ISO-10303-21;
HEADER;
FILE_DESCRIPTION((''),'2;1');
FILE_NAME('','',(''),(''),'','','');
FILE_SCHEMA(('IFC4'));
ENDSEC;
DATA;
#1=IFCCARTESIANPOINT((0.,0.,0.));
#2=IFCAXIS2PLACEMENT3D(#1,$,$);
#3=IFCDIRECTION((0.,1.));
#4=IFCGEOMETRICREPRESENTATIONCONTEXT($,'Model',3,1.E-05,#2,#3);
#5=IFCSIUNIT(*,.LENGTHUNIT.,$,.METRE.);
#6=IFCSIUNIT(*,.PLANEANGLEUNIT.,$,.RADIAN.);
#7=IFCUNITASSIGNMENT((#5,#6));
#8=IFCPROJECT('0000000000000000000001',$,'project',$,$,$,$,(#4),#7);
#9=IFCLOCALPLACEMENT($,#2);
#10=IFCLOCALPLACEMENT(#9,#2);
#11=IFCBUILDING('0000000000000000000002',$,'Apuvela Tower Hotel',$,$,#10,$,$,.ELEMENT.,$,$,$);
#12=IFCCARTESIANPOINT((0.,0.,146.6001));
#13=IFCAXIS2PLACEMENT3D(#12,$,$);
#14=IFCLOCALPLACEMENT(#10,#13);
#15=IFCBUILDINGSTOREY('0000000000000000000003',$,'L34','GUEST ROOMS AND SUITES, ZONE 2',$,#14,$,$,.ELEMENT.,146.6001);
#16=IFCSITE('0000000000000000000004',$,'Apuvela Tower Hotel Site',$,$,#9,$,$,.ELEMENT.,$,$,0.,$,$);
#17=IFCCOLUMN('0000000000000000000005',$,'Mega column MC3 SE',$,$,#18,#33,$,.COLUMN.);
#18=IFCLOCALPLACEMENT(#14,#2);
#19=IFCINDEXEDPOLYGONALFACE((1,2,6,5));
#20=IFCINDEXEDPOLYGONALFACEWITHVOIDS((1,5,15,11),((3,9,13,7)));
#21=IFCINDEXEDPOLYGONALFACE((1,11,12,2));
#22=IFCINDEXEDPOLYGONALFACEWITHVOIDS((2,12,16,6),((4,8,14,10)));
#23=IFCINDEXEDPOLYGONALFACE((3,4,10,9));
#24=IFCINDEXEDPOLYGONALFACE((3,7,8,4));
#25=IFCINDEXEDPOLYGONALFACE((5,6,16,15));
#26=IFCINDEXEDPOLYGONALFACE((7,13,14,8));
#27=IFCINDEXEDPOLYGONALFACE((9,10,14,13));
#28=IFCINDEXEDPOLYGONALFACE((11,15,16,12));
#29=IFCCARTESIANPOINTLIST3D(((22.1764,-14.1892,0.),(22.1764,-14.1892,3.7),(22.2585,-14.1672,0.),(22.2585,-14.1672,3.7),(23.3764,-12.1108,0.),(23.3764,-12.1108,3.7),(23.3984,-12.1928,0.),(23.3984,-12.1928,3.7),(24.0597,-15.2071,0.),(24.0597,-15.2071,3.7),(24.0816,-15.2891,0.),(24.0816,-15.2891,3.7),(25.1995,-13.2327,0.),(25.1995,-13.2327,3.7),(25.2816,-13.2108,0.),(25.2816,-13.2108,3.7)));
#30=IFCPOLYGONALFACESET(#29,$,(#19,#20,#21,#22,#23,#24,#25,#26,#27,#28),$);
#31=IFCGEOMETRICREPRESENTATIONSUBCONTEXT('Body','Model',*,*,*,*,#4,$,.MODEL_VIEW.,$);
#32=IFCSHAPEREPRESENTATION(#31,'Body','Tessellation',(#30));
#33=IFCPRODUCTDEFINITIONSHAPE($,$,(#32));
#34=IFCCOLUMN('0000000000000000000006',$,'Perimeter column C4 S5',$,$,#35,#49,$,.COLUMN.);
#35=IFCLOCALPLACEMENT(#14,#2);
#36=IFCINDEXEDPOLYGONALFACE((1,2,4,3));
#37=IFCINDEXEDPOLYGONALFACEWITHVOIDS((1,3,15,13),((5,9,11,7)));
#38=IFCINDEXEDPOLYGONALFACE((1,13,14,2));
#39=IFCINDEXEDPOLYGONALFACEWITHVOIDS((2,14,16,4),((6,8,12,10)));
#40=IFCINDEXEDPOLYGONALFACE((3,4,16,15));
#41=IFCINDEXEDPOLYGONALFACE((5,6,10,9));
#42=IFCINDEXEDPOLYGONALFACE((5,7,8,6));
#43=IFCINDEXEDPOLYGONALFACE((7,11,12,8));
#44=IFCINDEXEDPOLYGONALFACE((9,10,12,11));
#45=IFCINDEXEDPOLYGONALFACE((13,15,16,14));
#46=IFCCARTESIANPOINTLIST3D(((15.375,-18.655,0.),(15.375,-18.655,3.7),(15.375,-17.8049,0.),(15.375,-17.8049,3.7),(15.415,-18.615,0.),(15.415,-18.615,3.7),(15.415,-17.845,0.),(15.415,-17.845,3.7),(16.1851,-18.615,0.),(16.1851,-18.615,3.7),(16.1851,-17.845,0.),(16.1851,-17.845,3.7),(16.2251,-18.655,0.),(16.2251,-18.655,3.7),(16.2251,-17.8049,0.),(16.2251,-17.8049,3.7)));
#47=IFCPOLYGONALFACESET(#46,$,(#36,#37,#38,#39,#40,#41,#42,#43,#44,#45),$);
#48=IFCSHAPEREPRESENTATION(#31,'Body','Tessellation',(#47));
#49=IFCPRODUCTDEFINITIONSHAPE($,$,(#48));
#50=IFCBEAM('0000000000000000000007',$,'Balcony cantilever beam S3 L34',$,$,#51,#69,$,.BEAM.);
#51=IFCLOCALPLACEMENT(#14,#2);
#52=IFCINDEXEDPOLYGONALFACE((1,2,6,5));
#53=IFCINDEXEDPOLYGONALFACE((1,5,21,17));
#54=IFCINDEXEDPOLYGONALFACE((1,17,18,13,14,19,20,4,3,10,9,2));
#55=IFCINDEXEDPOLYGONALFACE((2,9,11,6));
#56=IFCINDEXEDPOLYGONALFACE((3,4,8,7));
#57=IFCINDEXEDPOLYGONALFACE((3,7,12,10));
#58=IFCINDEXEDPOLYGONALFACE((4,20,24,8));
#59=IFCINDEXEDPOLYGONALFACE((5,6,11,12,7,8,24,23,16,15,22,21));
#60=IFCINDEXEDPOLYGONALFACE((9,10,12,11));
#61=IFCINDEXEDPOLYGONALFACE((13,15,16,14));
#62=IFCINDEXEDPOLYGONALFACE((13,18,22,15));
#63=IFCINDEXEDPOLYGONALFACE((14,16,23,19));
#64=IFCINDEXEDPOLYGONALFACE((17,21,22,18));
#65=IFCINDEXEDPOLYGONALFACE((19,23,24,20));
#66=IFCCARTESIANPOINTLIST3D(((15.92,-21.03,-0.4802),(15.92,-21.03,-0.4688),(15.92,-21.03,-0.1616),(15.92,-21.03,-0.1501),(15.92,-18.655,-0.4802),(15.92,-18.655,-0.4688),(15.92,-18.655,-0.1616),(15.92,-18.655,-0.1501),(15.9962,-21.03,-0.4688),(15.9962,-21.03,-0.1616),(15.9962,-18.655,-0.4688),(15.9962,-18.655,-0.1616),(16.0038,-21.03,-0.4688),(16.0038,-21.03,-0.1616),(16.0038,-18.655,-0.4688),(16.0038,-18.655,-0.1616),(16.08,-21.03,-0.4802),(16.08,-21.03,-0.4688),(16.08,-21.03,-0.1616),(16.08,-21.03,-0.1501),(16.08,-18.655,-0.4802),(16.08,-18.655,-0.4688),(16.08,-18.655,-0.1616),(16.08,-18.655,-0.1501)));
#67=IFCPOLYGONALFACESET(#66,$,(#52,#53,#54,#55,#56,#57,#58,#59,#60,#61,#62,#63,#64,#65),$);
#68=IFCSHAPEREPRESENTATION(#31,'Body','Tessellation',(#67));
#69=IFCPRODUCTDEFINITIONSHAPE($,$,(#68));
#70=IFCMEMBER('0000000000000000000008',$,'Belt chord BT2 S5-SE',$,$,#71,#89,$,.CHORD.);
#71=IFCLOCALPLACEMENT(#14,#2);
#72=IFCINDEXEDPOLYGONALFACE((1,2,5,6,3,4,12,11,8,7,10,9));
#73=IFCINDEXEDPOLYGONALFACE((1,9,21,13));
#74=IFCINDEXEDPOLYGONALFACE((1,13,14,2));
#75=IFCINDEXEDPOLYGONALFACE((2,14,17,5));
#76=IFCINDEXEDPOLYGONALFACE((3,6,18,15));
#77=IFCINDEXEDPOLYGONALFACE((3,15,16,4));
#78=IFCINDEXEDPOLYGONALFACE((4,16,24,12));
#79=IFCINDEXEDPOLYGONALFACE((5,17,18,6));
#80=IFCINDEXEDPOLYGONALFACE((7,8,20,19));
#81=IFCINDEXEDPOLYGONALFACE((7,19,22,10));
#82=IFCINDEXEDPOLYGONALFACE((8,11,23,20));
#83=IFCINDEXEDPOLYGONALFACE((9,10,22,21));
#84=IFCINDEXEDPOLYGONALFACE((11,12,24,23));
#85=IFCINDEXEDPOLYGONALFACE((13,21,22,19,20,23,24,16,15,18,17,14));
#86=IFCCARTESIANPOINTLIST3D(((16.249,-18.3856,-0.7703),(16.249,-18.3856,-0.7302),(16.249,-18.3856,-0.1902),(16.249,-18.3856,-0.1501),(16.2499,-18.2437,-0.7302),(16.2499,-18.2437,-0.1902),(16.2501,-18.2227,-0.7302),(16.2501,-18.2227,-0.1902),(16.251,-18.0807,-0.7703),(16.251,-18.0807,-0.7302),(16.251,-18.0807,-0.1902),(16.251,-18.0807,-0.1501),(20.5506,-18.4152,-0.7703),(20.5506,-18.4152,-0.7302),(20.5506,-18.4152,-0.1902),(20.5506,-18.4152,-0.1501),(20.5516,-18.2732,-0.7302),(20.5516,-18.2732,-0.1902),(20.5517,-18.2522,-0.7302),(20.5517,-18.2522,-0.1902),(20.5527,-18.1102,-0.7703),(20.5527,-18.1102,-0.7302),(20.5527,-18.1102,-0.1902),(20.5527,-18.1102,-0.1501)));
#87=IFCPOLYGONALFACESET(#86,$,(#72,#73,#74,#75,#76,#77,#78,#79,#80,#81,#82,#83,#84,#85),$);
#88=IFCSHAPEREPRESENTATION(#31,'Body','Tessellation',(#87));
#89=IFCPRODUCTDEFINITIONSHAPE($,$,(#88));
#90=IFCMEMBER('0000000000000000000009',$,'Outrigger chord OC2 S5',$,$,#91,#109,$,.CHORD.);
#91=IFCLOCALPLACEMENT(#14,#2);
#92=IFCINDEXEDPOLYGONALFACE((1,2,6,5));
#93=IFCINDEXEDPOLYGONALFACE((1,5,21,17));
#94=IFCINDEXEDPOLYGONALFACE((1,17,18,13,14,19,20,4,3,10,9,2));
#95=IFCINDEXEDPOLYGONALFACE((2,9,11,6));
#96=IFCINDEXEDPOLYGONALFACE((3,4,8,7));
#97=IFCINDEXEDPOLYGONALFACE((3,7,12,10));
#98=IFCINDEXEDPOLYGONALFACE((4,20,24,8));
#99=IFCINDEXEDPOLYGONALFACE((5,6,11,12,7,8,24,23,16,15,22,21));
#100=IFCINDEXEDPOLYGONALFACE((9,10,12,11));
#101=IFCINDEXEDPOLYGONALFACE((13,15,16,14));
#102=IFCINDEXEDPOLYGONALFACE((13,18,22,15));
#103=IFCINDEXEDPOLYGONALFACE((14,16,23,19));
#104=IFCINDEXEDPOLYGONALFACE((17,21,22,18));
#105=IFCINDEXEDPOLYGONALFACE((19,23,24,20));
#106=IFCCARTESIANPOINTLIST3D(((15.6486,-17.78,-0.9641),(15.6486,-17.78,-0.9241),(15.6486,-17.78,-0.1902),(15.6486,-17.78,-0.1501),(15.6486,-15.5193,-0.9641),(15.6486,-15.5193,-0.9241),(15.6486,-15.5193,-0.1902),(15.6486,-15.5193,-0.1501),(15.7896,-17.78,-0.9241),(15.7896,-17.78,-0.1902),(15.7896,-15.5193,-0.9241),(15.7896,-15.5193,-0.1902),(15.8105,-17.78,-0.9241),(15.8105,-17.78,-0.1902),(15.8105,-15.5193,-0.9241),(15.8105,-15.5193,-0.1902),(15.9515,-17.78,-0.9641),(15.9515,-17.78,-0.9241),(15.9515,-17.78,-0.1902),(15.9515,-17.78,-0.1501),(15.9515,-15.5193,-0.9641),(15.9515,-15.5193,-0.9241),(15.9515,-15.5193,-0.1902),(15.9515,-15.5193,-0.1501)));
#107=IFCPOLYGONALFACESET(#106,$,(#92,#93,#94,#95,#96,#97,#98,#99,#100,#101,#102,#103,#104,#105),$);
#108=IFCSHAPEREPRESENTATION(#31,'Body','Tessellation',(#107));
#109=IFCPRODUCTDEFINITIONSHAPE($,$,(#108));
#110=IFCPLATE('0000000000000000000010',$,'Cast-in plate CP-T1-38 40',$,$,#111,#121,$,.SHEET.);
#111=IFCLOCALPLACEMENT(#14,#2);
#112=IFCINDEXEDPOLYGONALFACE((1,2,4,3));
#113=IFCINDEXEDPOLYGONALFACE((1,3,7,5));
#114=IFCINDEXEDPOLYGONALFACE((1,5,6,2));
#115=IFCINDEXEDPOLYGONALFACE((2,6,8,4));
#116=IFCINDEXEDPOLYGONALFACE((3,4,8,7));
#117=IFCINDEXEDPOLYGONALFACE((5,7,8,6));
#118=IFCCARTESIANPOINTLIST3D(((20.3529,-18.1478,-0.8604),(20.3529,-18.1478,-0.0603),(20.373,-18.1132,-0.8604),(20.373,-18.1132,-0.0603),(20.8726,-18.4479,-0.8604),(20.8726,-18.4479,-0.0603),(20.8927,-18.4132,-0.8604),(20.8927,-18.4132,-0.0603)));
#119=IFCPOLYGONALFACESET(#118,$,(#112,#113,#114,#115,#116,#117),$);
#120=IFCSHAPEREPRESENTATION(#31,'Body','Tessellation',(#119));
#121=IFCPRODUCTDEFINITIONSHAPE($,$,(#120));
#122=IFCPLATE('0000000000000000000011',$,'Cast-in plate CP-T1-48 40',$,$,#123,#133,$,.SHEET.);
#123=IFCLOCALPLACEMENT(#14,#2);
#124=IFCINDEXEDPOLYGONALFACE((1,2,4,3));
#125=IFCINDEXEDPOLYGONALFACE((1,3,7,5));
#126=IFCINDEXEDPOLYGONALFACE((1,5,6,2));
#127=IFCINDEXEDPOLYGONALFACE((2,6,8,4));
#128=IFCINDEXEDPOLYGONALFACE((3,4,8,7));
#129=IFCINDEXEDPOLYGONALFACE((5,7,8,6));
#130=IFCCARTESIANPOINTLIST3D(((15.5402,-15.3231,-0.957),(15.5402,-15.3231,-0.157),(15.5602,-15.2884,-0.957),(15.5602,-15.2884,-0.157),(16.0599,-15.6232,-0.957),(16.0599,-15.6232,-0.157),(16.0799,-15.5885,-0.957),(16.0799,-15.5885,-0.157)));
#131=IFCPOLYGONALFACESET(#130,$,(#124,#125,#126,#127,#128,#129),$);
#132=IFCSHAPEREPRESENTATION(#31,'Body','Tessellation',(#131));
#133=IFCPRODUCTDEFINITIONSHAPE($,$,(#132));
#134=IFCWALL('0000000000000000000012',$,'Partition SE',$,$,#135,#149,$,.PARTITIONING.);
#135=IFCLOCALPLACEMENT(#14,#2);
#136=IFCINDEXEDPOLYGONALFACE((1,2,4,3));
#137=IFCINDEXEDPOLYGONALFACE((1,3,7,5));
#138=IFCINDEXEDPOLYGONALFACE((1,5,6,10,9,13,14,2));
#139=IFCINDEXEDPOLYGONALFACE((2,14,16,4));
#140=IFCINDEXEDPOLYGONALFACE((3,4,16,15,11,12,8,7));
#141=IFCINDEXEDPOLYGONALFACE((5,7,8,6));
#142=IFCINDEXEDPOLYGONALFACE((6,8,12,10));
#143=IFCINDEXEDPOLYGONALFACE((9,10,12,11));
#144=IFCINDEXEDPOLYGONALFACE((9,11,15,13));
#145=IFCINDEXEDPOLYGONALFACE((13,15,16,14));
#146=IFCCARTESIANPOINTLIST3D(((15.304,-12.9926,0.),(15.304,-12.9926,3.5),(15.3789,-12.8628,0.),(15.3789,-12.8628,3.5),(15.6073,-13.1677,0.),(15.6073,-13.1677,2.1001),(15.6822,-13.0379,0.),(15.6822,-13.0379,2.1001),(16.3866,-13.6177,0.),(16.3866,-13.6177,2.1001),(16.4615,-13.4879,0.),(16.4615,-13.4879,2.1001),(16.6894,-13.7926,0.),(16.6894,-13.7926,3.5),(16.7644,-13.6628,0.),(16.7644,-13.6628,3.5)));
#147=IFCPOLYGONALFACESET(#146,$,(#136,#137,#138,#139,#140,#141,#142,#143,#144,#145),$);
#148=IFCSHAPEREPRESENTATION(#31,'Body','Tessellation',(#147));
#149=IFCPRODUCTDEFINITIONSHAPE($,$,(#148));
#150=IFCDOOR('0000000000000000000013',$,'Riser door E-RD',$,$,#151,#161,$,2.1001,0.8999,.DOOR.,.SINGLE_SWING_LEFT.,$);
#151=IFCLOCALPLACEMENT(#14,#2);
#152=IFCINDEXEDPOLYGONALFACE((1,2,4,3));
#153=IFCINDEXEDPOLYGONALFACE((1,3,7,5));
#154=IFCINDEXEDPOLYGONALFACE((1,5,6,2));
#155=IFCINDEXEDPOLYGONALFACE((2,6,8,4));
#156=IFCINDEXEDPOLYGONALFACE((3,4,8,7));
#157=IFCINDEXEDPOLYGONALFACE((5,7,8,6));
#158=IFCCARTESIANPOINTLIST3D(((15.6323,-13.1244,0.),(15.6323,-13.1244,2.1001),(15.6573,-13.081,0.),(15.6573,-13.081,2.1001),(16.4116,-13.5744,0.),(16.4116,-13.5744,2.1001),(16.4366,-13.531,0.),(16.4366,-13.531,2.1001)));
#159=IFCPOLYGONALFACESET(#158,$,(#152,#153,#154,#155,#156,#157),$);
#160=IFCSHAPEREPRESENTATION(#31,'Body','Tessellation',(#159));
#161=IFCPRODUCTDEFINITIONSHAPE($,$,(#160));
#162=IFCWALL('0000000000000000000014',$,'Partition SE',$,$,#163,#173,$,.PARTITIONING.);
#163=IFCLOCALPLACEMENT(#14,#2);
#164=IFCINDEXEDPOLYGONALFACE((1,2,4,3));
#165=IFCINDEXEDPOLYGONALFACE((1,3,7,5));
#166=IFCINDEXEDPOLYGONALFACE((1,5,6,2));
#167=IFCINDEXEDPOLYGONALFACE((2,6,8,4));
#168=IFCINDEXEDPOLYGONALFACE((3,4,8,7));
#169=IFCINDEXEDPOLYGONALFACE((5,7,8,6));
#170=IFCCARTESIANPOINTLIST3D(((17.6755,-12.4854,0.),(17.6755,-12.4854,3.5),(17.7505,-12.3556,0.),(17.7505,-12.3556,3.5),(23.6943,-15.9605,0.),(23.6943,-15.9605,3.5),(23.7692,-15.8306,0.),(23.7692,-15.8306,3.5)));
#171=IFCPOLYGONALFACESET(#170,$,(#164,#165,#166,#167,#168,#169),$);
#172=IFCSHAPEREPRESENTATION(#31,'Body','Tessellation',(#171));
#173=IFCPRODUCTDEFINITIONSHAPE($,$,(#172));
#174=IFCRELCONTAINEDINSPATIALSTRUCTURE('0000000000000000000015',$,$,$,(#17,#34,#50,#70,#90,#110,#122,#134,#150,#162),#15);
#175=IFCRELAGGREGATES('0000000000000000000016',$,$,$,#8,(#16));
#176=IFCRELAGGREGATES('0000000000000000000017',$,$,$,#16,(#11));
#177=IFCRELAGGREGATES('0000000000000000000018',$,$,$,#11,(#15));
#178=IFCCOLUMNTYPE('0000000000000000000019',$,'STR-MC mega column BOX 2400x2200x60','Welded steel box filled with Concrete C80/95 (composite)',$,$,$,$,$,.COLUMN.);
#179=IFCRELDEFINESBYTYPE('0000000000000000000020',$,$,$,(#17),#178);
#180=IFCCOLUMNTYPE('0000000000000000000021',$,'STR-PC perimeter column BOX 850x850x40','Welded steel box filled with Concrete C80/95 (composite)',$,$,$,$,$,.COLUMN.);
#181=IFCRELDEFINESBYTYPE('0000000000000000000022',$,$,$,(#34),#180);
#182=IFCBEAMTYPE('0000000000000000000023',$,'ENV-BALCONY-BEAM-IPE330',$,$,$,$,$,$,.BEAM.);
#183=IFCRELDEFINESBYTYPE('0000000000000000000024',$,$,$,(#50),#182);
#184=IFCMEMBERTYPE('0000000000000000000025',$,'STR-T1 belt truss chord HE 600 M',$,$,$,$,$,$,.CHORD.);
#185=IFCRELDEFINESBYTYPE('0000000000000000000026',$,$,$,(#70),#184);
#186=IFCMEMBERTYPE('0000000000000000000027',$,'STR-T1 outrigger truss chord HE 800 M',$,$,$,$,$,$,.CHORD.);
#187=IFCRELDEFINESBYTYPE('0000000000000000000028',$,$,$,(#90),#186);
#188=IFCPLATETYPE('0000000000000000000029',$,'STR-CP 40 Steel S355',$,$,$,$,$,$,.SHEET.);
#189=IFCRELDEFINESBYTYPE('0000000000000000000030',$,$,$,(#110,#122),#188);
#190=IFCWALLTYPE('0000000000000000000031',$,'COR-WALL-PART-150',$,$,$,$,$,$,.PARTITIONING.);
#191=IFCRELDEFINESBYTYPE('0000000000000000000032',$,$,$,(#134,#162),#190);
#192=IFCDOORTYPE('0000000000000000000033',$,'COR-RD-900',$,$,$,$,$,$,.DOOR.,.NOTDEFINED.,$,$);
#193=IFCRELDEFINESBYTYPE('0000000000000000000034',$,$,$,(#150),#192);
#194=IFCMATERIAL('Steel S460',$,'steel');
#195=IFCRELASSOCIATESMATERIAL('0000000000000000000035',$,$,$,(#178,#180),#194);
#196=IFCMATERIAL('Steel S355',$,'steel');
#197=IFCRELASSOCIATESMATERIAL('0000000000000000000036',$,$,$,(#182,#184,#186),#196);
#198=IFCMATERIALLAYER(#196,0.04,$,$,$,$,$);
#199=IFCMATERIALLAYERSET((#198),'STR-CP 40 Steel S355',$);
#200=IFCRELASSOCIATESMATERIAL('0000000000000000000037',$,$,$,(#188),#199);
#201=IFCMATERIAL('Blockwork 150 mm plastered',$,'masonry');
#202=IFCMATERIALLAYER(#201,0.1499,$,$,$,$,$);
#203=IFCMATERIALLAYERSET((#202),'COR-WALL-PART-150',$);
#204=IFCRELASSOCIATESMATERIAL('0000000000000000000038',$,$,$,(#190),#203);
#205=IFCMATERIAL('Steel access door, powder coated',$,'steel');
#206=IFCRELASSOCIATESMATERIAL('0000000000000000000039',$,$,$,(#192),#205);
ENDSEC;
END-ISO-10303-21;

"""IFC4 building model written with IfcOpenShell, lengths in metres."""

from ifc_helpers import new_model, si_unit, direction, frame, frame_2d, origin, origin_2d, place, context, subcontext, project, spatial, rectangle, hollow_rectangle, i_section, extrude, material, layer, layer_set, material_profile, profile_set, type_object, element, fill, save


model = new_model("IFC4")

# Units and contexts
model_context = context("Model", 3, precision=1e-05, world=origin(), true_north=direction((0.0, 1.0)))
body_context = subcontext(model_context, "Body", "Model", "MODEL_VIEW")
ifc_project = project(units=[si_unit("LENGTHUNIT", "METRE"), si_unit("PLANEANGLEUNIT", "RADIAN")], contexts=[model_context])

# Site, building, storey
site_placement = place(None, origin())
site = spatial("IfcSite", under=ifc_project, at=site_placement, Name="Apuvela Tower Hotel Site", CompositionType="ELEMENT", RefElevation=0.0)
building_placement = place(site_placement, origin())
building = spatial("IfcBuilding", under=site, at=building_placement, Name="Apuvela Tower Hotel", CompositionType="ELEMENT")
storey_placement = place(building_placement, frame((0.0, 0.0, 146.6001)))
storey = spatial("IfcBuildingStorey", under=building, at=storey_placement, Name="L34", Description="GUEST ROOMS AND SUITES, ZONE 2", CompositionType="ELEMENT", Elevation=146.6001)

# Columns
ifc_material_1 = material(Name="Steel S460", Category="steel")
ifc_material_profile_1 = material_profile(ifc_material_1, hollow_rectangle(XDim=2.3999, YDim=2.2, WallThickness=0.0601, at=origin_2d()), Name="BOX 2400x2200x60")
ifc_material_2 = material(Name="Concrete C80/95", Category="concrete")
ifc_material_profile_2 = material_profile(ifc_material_2, rectangle(XDim=2.28, YDim=2.0801, at=origin_2d()), Name="Concrete C80/95 infill")
ifc_profile_set_1 = profile_set([ifc_material_profile_1, ifc_material_profile_2], Name="Steel S460")
column_type_1 = type_object("IfcColumnType", Name="STR-MC mega column BOX 2400x2200x60", Description="Welded steel box filled with Concrete C80/95 (composite)", PredefinedType="COLUMN", material=ifc_profile_set_1)
column_1_placement = place(storey_placement, frame((23.729, -13.7, 0.0), z_axis=(0.0, 0.0, 1.0), x_axis=(0.5, 0.866025, 0.0)))
element("IfcColumn", 1, at=column_1_placement, inside=storey, type_object=column_type_1, Name="Mega column MC3 SE", PredefinedType="COLUMN", context=body_context, shape_type="SweptSolid", body=[
    extrude(hollow_rectangle(XDim=2.3999, YDim=2.2, WallThickness=0.0601, at=origin_2d()), origin(), (0.0, 0.0, 1.0), 3.7),
])
ifc_material_profile_3 = material_profile(ifc_material_1, hollow_rectangle(XDim=0.8501, YDim=0.8501, WallThickness=0.04, at=origin_2d()), Name="BOX 850x850x40")
ifc_material_profile_4 = material_profile(ifc_material_2, rectangle(XDim=0.77, YDim=0.77, at=origin_2d()), Name="Concrete C80/95 infill")
ifc_profile_set_2 = profile_set([ifc_material_profile_3, ifc_material_profile_4], Name="Steel S460")
column_type_2 = type_object("IfcColumnType", Name="STR-PC perimeter column BOX 850x850x40", Description="Welded steel box filled with Concrete C80/95 (composite)", PredefinedType="COLUMN", material=ifc_profile_set_2)
column_2_placement = place(storey_placement, frame((15.8, -18.23, 0.0), z_axis=(0.0, 0.0, 1.0), x_axis=(-1.0, 0.0, 0.0)))
element("IfcColumn", 2, at=column_2_placement, inside=storey, type_object=column_type_2, Name="Perimeter column C4 S5", PredefinedType="COLUMN", context=body_context, shape_type="SweptSolid", body=[
    extrude(hollow_rectangle(XDim=0.8501, YDim=0.8501, WallThickness=0.04, at=origin_2d()), origin(), (0.0, 0.0, 1.0), 3.7),
])

# Beam
ifc_material_3 = material(Name="Steel S355", Category="steel")
ifc_material_profile_5 = material_profile(ifc_material_3, i_section(OverallWidth=0.1599, OverallDepth=0.3301, WebThickness=0.0076, FlangeThickness=0.0115, at=origin_2d()), Name="IPE 330")
ifc_profile_set_3 = profile_set([ifc_material_profile_5], Name="Steel S355")
beam_type = type_object("IfcBeamType", Name="ENV-BALCONY-BEAM-IPE330", PredefinedType="BEAM", material=ifc_profile_set_3)
beam_placement = place(storey_placement, frame((16.0, -18.655, -0.3152), z_axis=(0.0, -1.0, 0.0), x_axis=(1.0, 0.0, 0.0)))
element("IfcBeam", 3, at=beam_placement, inside=storey, type_object=beam_type, Name="Balcony cantilever beam S3 L34", PredefinedType="BEAM", context=body_context, shape_type="SweptSolid", body=[
    extrude(i_section(OverallWidth=0.1599, OverallDepth=0.3301, WebThickness=0.0076, FlangeThickness=0.0115, at=origin_2d()), origin(), (0.0, 0.0, 1.0), 2.375),
])

# Members
ifc_material_profile_6 = material_profile(ifc_material_3, i_section(OverallWidth=0.3049, OverallDepth=0.6201, WebThickness=0.021, FlangeThickness=0.04, at=origin_2d()), Name="HE 600 M")
ifc_profile_set_4 = profile_set([ifc_material_profile_6], Name="Steel S355")
member_type_1 = type_object("IfcMemberType", Name="STR-T1 belt truss chord HE 600 M", PredefinedType="CHORD", material=ifc_profile_set_4)
member_1_placement = place(storey_placement, frame((16.25, -18.2332, -0.4602), z_axis=(0.999976, -0.006867, 0.0), x_axis=(0.006867, 0.999976, 0.0)))
element("IfcMember", 4, at=member_1_placement, inside=storey, type_object=member_type_1, Name="Belt chord BT2 S5-SE", PredefinedType="CHORD", context=body_context, shape_type="SweptSolid", body=[
    extrude(i_section(OverallWidth=0.3049, OverallDepth=0.6201, WebThickness=0.021, FlangeThickness=0.04, at=origin_2d()), origin(), (0.0, 0.0, 1.0), 4.3018),
])
ifc_material_profile_7 = material_profile(ifc_material_3, i_section(OverallWidth=0.303, OverallDepth=0.814, WebThickness=0.021, FlangeThickness=0.04, at=origin_2d()), Name="HE 800 M")
ifc_profile_set_5 = profile_set([ifc_material_profile_7], Name="Steel S355")
member_type_2 = type_object("IfcMemberType", Name="STR-T1 outrigger truss chord HE 800 M", PredefinedType="CHORD", material=ifc_profile_set_5)
member_2_placement = place(storey_placement, frame((15.8, -17.78, -0.5571), z_axis=(0.0, 1.0, 0.0), x_axis=(-1.0, 0.0, 0.0)))
element("IfcMember", 5, at=member_2_placement, inside=storey, type_object=member_type_2, Name="Outrigger chord OC2 S5", PredefinedType="CHORD", context=body_context, shape_type="SweptSolid", body=[
    extrude(i_section(OverallWidth=0.303, OverallDepth=0.814, WebThickness=0.021, FlangeThickness=0.04, at=origin_2d()), origin(), (0.0, 0.0, 1.0), 2.2607),
])

# Plates
ifc_layer_1 = layer(ifc_material_3, 0.04)
ifc_layer_set_1 = layer_set([ifc_layer_1], Name="STR-CP 40 Steel S355")
plate_type = type_object("IfcPlateType", Name="STR-CP 40 Steel S355", PredefinedType="SHEET", material=ifc_layer_set_1)
for number, where, z_axis, x_axis, name in (
    (6, (20.6228, -18.2805, -0.8604), (0.0, 0.0, 1.0), (-0.5, -0.866025, 0.0), "Cast-in plate CP-T1-38 40"),
    (7, (15.8101, -15.4558, -0.957), (0.0, 0.0, 1.0), (0.5, 0.866025, 0.0), "Cast-in plate CP-T1-48 40"),
):
    element("IfcPlate", number, at=place(storey_placement, frame(where, z_axis=z_axis, x_axis=x_axis)), inside=storey, type_object=plate_type, Name=name, PredefinedType="SHEET", context=body_context, shape_type="SweptSolid", body=[
        extrude(rectangle(XDim=0.04, YDim=0.6001, at=origin_2d()), origin(), (0.0, 0.0, 1.0), 0.8),
    ])

# Wall, opening, door
ifc_material_4 = material(Name="Blockwork 150 mm plastered", Category="masonry")
ifc_layer_2 = layer(ifc_material_4, 0.1499)
ifc_layer_set_2 = layer_set([ifc_layer_2], Name="COR-WALL-PART-150")
wall_type_1 = type_object("IfcWallType", Name="COR-WALL-PART-150", PredefinedType="PARTITIONING", material=ifc_layer_set_2)
wall_1_placement = place(storey_placement, frame((15.3416, -12.9277, 0.0), z_axis=(0.0, 0.0, 1.0), x_axis=(0.86599, -0.500061, 0.0)))
wall_1 = element("IfcWall", 8, at=wall_1_placement, inside=storey, type_object=wall_type_1, Name="Partition SE", PredefinedType="PARTITIONING", context=body_context, shape_type="SweptSolid", body=[
    extrude(rectangle(XDim=1.5999, YDim=0.1499, at=frame_2d((0.7998, 0.0))), origin(), (0.0, 0.0, 1.0), 3.5),
])
opening_1_placement = place(wall_1_placement, frame((0.3501, 0.0, 0.0)))
opening_1 = element("IfcOpeningElement", 9, at=opening_1_placement, cuts=wall_1, PredefinedType="OPENING", context=body_context, shape_type="SweptSolid", body=[
    extrude(rectangle(XDim=0.8999, YDim=2.1001, at=frame_2d((0.45, 1.05))), frame((0.0, 0.085, 0.0), z_axis=(0.0, -1.0, 0.0), x_axis=(1.0, 0.0, 0.0)), (0.0, 0.0, 1.0), 0.1699),
])
ifc_material_5 = material(Name="Steel access door, powder coated", Category="steel")
door_type_1 = type_object("IfcDoorType", Name="COR-RD-900", OperationType="NOTDEFINED", PredefinedType="DOOR", material=ifc_material_5)
door_1_placement = place(opening_1_placement, frame((0.8999, 0.0, 0.0), z_axis=(0.0, 0.0, 1.0), x_axis=(-1.0, 0.0, 0.0)))
door_1 = element("IfcDoor", 10, at=door_1_placement, inside=storey, type_object=door_type_1, Name="Riser door E-RD", OperationType="SINGLE_SWING_LEFT", OverallHeight=2.1001, OverallWidth=0.8999, PredefinedType="DOOR", context=body_context, shape_type="SweptSolid", body=[
    extrude(rectangle(XDim=0.8999, YDim=2.1001, at=frame_2d((0.45, 1.05))), frame((0.0, 0.0249, 0.0), z_axis=(0.0, -1.0, 0.0), x_axis=(1.0, 0.0, 0.0)), (0.0, 0.0, 1.0), 0.05),
])
fill(opening_1, door_1)

# Wall
wall_2_placement = place(storey_placement, frame((17.7129, -12.4204, 0.0), z_axis=(0.0, 0.0, 1.0), x_axis=(0.866017, -0.500015, 0.0)))
element("IfcWall", 11, at=wall_2_placement, inside=storey, type_object=wall_type_1, Name="Partition SE", PredefinedType="PARTITIONING", context=body_context, shape_type="SweptSolid", body=[
    extrude(rectangle(XDim=6.95, YDim=0.1499, at=frame_2d((3.4751, 0.0))), origin(), (0.0, 0.0, 1.0), 3.5),
])

save(model, "model.ifc")
